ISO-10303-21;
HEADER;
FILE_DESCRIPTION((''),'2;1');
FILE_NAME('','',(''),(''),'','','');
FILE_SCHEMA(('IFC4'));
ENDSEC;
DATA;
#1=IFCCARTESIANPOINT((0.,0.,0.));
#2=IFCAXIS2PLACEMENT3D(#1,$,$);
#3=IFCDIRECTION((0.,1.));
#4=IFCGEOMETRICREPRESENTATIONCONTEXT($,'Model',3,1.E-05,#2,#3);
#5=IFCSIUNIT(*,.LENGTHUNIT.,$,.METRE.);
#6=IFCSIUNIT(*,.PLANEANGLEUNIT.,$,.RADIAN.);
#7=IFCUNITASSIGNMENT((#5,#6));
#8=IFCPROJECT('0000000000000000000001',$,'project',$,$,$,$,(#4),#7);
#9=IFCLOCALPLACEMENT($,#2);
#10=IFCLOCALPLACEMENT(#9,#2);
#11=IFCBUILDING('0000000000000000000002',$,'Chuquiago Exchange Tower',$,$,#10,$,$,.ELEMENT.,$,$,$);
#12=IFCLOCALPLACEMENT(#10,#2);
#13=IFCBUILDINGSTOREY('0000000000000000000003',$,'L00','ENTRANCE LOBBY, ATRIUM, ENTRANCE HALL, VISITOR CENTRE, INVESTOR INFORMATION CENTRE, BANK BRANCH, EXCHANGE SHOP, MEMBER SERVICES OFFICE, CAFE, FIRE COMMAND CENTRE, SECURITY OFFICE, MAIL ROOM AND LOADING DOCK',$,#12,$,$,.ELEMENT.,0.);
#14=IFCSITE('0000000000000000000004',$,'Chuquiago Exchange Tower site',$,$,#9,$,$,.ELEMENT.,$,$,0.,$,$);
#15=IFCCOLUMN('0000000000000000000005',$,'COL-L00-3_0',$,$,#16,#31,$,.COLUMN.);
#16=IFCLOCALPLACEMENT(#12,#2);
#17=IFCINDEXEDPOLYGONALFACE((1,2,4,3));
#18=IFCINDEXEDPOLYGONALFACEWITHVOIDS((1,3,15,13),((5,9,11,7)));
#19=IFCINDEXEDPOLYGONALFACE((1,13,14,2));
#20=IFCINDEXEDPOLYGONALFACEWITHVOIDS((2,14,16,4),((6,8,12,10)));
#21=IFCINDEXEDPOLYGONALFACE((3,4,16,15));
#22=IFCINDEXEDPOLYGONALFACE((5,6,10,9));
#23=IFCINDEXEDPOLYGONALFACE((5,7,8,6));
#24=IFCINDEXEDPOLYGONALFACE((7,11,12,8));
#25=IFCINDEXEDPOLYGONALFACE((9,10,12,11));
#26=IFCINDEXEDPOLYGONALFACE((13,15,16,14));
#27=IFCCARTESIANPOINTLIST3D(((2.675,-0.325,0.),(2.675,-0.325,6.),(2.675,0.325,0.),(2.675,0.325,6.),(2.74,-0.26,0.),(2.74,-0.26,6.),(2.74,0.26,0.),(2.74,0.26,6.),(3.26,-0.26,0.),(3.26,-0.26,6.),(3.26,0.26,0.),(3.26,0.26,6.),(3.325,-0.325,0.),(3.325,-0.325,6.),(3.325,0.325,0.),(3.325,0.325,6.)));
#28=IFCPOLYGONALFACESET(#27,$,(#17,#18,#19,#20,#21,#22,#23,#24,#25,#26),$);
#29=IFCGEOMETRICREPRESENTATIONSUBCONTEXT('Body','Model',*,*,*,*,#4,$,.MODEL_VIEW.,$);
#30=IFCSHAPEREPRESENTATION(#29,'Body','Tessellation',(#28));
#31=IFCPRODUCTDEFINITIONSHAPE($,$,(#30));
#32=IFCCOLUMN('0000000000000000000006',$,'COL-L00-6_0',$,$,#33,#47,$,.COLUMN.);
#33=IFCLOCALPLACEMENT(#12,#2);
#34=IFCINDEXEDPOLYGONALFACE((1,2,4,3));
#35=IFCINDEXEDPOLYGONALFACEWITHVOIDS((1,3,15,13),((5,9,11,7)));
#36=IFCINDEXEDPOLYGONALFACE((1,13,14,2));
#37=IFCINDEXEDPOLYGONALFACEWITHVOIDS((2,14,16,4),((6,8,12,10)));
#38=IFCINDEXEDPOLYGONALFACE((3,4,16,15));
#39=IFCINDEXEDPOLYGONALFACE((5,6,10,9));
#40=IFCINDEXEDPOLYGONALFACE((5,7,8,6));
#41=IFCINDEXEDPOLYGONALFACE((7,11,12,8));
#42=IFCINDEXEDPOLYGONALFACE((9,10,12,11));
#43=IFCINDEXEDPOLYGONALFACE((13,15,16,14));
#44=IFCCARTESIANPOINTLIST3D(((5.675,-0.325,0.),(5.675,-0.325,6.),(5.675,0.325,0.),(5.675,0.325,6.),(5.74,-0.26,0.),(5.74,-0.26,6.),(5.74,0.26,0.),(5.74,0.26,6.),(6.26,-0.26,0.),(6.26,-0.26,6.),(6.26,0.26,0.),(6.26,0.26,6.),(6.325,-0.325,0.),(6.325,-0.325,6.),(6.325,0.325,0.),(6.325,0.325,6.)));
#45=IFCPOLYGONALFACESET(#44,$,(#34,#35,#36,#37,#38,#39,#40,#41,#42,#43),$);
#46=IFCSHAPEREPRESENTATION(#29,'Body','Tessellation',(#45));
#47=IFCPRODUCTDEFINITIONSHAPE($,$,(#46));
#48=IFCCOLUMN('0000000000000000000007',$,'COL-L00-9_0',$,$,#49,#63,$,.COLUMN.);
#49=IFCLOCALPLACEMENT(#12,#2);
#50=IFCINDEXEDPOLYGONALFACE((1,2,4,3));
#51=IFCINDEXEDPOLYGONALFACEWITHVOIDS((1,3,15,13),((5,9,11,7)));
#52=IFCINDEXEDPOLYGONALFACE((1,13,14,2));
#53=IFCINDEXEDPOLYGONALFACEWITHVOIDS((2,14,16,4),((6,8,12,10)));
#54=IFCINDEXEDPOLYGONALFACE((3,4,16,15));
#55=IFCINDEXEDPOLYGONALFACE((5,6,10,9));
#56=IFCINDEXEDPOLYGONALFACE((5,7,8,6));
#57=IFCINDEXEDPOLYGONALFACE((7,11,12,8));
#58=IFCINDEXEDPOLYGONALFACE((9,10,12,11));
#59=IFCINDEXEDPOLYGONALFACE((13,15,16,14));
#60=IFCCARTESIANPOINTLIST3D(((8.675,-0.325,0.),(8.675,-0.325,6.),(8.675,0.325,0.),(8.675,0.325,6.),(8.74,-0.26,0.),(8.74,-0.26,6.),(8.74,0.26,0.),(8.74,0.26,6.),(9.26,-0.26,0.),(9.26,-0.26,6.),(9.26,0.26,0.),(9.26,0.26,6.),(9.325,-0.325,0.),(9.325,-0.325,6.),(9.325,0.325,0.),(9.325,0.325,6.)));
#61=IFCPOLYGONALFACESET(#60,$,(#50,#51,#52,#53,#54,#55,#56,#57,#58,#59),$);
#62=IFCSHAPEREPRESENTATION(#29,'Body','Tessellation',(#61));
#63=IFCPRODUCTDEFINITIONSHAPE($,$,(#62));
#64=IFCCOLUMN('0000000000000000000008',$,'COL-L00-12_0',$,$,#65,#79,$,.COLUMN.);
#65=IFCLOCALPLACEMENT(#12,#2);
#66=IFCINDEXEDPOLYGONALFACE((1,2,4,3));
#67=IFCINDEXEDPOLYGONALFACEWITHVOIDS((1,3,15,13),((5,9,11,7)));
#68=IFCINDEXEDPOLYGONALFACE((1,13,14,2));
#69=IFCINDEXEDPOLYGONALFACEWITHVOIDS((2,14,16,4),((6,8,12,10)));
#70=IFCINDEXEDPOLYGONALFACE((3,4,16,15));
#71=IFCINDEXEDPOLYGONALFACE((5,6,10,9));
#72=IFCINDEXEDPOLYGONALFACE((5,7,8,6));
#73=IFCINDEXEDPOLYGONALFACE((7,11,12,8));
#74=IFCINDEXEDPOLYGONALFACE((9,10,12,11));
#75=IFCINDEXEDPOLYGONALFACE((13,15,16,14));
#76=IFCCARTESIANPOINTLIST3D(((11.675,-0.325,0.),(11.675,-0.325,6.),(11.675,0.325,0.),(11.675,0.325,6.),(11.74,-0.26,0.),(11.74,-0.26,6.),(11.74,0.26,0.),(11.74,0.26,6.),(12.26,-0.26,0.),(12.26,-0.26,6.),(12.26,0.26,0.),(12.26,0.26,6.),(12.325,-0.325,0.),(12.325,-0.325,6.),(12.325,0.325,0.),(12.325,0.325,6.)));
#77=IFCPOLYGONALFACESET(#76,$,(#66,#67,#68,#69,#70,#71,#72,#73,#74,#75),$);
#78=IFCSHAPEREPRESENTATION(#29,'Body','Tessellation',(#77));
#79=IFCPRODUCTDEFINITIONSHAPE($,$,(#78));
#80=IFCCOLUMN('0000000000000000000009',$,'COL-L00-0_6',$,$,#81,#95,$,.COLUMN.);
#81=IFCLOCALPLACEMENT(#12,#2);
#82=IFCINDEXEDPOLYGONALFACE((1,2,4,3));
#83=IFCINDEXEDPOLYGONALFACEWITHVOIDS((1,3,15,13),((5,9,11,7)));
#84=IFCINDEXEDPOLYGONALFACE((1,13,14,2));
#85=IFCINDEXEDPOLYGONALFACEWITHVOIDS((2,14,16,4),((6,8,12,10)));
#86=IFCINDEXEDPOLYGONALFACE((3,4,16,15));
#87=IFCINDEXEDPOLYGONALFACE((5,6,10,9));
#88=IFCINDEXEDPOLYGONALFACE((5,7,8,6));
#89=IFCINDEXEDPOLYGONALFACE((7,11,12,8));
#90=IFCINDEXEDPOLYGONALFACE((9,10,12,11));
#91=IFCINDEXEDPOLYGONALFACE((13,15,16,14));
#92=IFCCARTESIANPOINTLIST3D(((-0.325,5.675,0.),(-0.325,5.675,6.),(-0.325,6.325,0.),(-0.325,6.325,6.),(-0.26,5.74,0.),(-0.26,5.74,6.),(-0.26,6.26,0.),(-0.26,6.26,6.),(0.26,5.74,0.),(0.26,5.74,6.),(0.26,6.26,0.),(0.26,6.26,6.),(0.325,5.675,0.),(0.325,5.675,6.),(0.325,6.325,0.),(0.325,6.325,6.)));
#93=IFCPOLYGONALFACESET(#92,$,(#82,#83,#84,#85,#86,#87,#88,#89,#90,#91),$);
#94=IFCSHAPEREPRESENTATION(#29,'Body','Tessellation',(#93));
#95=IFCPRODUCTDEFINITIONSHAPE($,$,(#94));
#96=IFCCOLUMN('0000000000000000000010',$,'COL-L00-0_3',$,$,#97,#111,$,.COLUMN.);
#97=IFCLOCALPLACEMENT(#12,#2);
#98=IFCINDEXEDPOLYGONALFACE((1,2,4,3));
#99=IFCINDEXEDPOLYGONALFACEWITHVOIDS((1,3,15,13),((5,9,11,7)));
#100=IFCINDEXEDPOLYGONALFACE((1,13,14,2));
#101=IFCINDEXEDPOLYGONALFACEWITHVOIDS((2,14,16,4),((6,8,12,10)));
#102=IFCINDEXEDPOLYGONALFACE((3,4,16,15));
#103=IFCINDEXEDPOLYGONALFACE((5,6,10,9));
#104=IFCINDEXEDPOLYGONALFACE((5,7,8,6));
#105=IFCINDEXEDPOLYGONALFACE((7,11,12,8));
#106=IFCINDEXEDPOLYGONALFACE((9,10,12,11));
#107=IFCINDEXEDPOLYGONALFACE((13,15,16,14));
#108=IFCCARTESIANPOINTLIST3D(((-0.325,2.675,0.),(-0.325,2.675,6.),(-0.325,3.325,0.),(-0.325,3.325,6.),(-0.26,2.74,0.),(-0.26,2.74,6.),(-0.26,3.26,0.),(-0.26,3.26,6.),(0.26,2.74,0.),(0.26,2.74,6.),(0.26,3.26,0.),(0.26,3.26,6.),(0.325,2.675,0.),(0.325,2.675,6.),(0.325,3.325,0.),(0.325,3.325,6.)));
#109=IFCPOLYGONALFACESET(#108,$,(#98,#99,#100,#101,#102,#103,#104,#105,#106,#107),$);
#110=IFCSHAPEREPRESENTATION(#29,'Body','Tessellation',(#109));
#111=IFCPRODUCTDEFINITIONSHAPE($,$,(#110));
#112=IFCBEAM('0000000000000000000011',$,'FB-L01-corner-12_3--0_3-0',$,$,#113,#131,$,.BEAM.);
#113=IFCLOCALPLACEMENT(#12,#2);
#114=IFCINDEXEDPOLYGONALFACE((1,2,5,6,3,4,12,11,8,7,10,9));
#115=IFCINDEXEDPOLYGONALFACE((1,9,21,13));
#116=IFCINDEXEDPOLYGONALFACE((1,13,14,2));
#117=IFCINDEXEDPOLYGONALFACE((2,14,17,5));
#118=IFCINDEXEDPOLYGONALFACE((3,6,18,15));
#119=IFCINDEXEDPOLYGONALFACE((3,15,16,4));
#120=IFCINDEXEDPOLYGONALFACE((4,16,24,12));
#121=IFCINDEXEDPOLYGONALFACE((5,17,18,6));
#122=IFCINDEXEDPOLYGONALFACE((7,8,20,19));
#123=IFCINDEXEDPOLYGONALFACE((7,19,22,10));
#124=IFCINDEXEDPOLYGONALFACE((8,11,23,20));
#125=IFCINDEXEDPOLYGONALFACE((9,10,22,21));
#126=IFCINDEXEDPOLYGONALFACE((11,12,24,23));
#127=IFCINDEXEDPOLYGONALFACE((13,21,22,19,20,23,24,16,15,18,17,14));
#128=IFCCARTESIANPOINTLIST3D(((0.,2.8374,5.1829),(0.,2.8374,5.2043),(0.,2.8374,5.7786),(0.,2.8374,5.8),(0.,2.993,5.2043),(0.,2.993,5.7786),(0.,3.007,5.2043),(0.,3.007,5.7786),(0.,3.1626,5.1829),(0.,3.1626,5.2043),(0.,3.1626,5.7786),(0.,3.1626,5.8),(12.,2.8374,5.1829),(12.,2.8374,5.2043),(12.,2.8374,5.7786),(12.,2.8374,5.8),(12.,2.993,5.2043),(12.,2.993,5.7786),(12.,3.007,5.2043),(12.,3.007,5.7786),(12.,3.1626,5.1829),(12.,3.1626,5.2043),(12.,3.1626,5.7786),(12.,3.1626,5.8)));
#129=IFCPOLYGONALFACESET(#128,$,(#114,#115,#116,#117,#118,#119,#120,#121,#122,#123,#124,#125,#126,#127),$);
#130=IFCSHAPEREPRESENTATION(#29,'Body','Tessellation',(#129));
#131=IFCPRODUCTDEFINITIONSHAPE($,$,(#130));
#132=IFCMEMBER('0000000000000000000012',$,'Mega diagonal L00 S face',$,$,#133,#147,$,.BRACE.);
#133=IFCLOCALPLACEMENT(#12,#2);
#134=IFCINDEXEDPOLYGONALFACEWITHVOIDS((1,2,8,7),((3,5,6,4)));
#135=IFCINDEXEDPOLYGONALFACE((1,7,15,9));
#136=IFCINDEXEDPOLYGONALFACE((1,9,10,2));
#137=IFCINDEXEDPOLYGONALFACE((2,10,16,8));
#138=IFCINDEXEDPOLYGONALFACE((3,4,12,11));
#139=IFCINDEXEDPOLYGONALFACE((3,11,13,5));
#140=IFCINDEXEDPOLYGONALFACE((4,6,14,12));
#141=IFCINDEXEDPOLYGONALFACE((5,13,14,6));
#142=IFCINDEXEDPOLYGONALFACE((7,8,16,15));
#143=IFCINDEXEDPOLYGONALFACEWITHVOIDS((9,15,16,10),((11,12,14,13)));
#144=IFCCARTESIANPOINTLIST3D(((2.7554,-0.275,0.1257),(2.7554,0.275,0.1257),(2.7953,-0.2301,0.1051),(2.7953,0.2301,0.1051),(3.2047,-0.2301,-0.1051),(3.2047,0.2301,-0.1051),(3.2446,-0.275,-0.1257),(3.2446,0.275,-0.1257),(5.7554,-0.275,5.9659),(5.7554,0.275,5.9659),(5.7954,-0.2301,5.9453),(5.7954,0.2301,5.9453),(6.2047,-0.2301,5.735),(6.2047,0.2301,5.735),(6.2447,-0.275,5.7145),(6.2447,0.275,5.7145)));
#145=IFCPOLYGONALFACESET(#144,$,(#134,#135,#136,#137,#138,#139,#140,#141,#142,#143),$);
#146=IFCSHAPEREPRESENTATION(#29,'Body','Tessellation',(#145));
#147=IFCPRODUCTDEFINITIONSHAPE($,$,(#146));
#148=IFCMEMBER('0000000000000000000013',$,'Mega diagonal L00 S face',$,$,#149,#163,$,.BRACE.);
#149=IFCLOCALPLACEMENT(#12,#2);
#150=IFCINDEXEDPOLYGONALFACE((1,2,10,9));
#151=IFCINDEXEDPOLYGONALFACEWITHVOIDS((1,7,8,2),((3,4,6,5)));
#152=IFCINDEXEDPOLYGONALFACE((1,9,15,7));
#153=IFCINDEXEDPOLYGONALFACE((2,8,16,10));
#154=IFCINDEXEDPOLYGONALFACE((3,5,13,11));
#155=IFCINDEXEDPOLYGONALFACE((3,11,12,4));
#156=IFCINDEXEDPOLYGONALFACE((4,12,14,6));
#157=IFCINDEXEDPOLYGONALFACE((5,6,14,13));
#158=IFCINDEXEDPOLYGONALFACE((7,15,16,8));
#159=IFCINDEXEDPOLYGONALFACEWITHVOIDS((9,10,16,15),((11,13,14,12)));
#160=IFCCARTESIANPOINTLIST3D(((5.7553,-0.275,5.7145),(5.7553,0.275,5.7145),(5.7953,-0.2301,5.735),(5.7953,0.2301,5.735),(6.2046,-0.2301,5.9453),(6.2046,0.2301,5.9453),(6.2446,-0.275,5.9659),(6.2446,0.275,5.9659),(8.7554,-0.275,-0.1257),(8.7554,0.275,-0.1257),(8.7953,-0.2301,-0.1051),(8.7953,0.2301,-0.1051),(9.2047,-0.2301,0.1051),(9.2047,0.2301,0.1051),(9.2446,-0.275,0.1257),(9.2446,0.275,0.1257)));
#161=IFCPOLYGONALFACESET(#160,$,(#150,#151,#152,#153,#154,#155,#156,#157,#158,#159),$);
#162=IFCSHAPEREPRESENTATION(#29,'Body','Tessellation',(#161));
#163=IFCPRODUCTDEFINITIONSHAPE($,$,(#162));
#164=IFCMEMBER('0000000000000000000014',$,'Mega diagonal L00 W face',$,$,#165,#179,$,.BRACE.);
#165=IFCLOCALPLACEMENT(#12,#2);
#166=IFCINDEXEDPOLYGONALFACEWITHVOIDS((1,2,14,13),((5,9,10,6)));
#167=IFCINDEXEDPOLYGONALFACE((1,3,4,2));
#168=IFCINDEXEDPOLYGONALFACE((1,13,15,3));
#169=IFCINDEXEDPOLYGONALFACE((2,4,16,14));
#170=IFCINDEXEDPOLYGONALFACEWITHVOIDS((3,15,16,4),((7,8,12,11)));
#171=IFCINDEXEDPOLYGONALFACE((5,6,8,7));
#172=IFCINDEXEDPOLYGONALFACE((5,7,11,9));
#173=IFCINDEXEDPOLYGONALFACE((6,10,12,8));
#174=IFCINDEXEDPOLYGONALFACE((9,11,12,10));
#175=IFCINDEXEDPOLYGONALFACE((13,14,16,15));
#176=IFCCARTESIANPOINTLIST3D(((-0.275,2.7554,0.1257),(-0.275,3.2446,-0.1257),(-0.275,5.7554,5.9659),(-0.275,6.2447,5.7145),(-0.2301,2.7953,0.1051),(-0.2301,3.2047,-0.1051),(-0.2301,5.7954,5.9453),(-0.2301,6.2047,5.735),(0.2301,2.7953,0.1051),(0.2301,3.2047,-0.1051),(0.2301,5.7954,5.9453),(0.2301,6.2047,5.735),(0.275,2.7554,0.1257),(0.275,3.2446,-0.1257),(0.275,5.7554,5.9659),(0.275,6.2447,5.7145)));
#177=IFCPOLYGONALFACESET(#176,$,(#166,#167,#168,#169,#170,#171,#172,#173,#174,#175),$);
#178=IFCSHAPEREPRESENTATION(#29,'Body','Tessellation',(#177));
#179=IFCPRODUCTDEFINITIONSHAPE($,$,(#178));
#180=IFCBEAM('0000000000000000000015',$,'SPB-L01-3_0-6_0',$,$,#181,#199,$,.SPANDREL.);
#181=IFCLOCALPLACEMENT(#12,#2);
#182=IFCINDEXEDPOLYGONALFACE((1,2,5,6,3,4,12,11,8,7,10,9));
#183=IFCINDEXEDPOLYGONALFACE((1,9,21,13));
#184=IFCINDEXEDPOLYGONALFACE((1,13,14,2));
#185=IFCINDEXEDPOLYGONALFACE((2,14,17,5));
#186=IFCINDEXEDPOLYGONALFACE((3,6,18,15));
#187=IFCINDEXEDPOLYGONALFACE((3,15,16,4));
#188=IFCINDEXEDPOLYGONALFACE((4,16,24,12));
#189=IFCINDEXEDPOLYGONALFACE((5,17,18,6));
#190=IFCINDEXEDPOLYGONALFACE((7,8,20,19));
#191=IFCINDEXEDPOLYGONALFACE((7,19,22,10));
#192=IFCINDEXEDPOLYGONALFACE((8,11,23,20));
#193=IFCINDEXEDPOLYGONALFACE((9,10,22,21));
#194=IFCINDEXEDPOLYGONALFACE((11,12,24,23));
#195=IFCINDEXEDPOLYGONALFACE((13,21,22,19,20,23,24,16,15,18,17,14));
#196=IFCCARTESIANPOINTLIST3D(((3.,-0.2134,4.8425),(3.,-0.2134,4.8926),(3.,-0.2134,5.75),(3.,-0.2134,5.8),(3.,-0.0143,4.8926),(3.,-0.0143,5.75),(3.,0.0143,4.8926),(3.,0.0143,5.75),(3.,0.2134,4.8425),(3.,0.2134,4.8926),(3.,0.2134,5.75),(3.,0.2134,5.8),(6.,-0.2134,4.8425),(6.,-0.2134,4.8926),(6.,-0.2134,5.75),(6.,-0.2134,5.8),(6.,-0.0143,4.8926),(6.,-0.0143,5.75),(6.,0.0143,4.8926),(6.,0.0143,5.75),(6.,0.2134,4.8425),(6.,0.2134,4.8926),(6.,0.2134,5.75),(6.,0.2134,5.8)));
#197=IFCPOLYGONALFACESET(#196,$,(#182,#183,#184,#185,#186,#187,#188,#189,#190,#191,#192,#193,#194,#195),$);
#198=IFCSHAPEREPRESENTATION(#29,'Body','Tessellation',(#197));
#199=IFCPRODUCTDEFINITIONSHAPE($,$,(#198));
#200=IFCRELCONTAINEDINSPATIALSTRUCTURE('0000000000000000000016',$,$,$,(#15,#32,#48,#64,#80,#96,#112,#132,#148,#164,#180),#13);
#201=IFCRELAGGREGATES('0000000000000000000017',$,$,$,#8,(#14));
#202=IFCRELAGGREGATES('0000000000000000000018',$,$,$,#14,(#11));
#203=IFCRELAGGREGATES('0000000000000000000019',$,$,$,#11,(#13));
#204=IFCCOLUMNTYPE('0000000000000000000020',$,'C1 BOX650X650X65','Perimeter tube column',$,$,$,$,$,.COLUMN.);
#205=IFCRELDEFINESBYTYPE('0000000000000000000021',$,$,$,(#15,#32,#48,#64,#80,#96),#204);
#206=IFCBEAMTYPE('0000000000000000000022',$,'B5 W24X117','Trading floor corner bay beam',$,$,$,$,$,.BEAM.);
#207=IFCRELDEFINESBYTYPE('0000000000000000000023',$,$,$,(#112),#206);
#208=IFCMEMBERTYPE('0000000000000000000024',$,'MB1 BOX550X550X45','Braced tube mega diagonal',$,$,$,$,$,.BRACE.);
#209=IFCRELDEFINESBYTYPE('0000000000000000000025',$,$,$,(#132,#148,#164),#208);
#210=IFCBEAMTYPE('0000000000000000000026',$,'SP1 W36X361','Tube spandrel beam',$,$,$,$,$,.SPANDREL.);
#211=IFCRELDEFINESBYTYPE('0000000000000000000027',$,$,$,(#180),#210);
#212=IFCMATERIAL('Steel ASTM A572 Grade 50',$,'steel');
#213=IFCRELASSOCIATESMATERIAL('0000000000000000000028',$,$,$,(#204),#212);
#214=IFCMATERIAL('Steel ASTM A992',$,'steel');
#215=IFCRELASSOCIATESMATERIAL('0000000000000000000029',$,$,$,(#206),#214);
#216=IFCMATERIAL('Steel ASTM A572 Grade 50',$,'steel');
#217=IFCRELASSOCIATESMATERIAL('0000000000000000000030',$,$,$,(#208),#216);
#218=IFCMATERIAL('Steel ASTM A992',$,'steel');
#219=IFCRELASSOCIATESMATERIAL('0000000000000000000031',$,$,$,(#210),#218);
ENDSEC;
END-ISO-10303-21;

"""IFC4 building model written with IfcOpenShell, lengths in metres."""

from ifc_helpers import new_model, si_unit, direction, frame, origin, origin_2d, place, context, subcontext, project, spatial, hollow_rectangle, i_section, extrude, material, material_profile, profile_set, type_object, element, save


model = new_model("IFC4")

# Units and contexts
model_context = context("Model", 3, precision=1e-05, world=origin(), true_north=direction((0.0, 1.0)))
body_context = subcontext(model_context, "Body", "Model", "MODEL_VIEW")
ifc_project = project(units=[si_unit("LENGTHUNIT", "METRE"), si_unit("PLANEANGLEUNIT", "RADIAN")], contexts=[model_context])

# Site, building, storey
site_placement = place(None, origin())
site = spatial("IfcSite", under=ifc_project, at=site_placement, Name="Chuquiago Exchange Tower site", CompositionType="ELEMENT", RefElevation=0.0)
building_placement = place(site_placement, origin())
building = spatial("IfcBuilding", under=site, at=building_placement, Name="Chuquiago Exchange Tower", CompositionType="ELEMENT")
storey_placement = place(building_placement, origin())
storey = spatial("IfcBuildingStorey", under=building, at=storey_placement, Name="L00", Description="ENTRANCE LOBBY, ATRIUM, ENTRANCE HALL, VISITOR CENTRE, INVESTOR INFORMATION CENTRE, BANK BRANCH, EXCHANGE SHOP, MEMBER SERVICES OFFICE, CAFE, FIRE COMMAND CENTRE, SECURITY OFFICE, MAIL ROOM AND LOADING DOCK", CompositionType="ELEMENT", Elevation=0.0)

# Columns
ifc_material_1 = material(Name="Steel ASTM A572 Grade 50", Category="steel")
ifc_material_profile_1 = material_profile(ifc_material_1, hollow_rectangle(XDim=0.6499, YDim=0.6499, WallThickness=0.0649, at=origin_2d()), Name="BOX650X650X65")
ifc_profile_set_1 = profile_set([ifc_material_profile_1], Name="Steel ASTM A572 Grade 50")
column_type = type_object("IfcColumnType", Name="C1 BOX650X650X65", Description="Perimeter tube column", PredefinedType="COLUMN", material=ifc_profile_set_1)
for number, where, z_axis, x_axis, name in (
    (1, (3.0, 0.0, 0.0), (0.0, 0.0, 1.0), (0.0, -1.0, 0.0), "COL-L00-3_0"),
    (2, (6.0, 0.0, 0.0), (0.0, 0.0, 1.0), (0.0, -1.0, 0.0), "COL-L00-6_0"),
    (3, (9.0, 0.0, 0.0), (0.0, 0.0, 1.0), (0.0, -1.0, 0.0), "COL-L00-9_0"),
    (4, (12.0, 0.0, 0.0), (0.0, 0.0, 1.0), (0.0, -1.0, 0.0), "COL-L00-12_0"),
    (5, (0.0, 6.0, 0.0), (0.0, 0.0, 1.0), (-1.0, 0.0, 0.0), "COL-L00-0_6"),
    (6, (0.0, 3.0, 0.0), (0.0, 0.0, 1.0), (-1.0, 0.0, 0.0), "COL-L00-0_3"),
):
    element("IfcColumn", number, at=place(storey_placement, frame(where, z_axis=z_axis, x_axis=x_axis)), inside=storey, type_object=column_type, Name=name, PredefinedType="COLUMN", context=body_context, shape_type="SweptSolid", body=[
        extrude(hollow_rectangle(XDim=0.6499, YDim=0.6499, WallThickness=0.0649, at=origin_2d()), origin(), (0.0, 0.0, 1.0), 6.0),
    ])

# Beam
ifc_material_2 = material(Name="Steel ASTM A992", Category="steel")
ifc_material_profile_2 = material_profile(ifc_material_2, i_section(OverallWidth=0.3252, OverallDepth=0.6172, WebThickness=0.0139, FlangeThickness=0.0215, at=origin_2d()), Name="W24X117")
ifc_profile_set_2 = profile_set([ifc_material_profile_2], Name="Steel ASTM A992")
beam_type_1 = type_object("IfcBeamType", Name="B5 W24X117", Description="Trading floor corner bay beam", PredefinedType="BEAM", material=ifc_profile_set_2)
beam_1_placement = place(storey_placement, frame((12.0, 3.0, 5.4915), z_axis=(-1.0, 0.0, 0.0), x_axis=(0.0, -1.0, 0.0)))
element("IfcBeam", 7, at=beam_1_placement, inside=storey, type_object=beam_type_1, Name="FB-L01-corner-12_3--0_3-0", PredefinedType="BEAM", context=body_context, shape_type="SweptSolid", body=[
    extrude(i_section(OverallWidth=0.3252, OverallDepth=0.6172, WebThickness=0.0139, FlangeThickness=0.0215, at=origin_2d()), origin(), (0.0, 0.0, 1.0), 12.0),
])

# Members
ifc_material_3 = material(Name="Steel ASTM A572 Grade 50", Category="steel")
ifc_material_profile_3 = material_profile(ifc_material_3, hollow_rectangle(XDim=0.55, YDim=0.55, WallThickness=0.0449, at=origin_2d()), Name="BOX550X550X45")
ifc_profile_set_3 = profile_set([ifc_material_profile_3], Name="Steel ASTM A572 Grade 50")
member_type = type_object("IfcMemberType", Name="MB1 BOX550X550X45", Description="Braced tube mega diagonal", PredefinedType="BRACE", material=ifc_profile_set_3)
for number, where, z_axis, x_axis, name in (
    (8, (3.0, 0.0, 0.0), (0.45693, 0.0, 0.889503), (0.0, 1.0, 0.0), "Mega diagonal L00 S face"),
    (9, (9.0, 0.0, 0.0), (-0.45693, 0.0, 0.889503), (0.0, -1.0, 0.0), "Mega diagonal L00 S face"),
    (10, (0.0, 3.0, 0.0), (0.0, 0.45693, 0.889503), (-1.0, 0.0, 0.0), "Mega diagonal L00 W face"),
):
    element("IfcMember", number, at=place(storey_placement, frame(where, z_axis=z_axis, x_axis=x_axis)), inside=storey, type_object=member_type, Name=name, PredefinedType="BRACE", context=body_context, shape_type="SweptSolid", body=[
        extrude(hollow_rectangle(XDim=0.55, YDim=0.55, WallThickness=0.0449, at=origin_2d()), origin(), (0.0, 0.0, 1.0), 6.5657),
    ])

# Beam
ifc_material_4 = material(Name="Steel ASTM A992", Category="steel")
ifc_material_profile_4 = material_profile(ifc_material_4, i_section(OverallWidth=0.4268, OverallDepth=0.9575, WebThickness=0.0286, FlangeThickness=0.05, at=origin_2d()), Name="W36X361")
ifc_profile_set_4 = profile_set([ifc_material_profile_4], Name="Steel ASTM A992")
beam_type_2 = type_object("IfcBeamType", Name="SP1 W36X361", Description="Tube spandrel beam", PredefinedType="SPANDREL", material=ifc_profile_set_4)
for number, where, z_axis, x_axis, name in (
    (11, (3.0, 0.0, 5.3213), (1.0, 0.0, 0.0), (0.0, 1.0, 0.0), "SPB-L01-3_0-6_0"),
):
    element("IfcBeam", number, at=place(storey_placement, frame(where, z_axis=z_axis, x_axis=x_axis)), inside=storey, type_object=beam_type_2, Name=name, PredefinedType="SPANDREL", context=body_context, shape_type="SweptSolid", body=[
        extrude(i_section(OverallWidth=0.4268, OverallDepth=0.9575, WebThickness=0.0286, FlangeThickness=0.05, at=origin_2d()), origin(), (0.0, 0.0, 1.0), 3.0),
    ])

save(model, "model.ifc")
